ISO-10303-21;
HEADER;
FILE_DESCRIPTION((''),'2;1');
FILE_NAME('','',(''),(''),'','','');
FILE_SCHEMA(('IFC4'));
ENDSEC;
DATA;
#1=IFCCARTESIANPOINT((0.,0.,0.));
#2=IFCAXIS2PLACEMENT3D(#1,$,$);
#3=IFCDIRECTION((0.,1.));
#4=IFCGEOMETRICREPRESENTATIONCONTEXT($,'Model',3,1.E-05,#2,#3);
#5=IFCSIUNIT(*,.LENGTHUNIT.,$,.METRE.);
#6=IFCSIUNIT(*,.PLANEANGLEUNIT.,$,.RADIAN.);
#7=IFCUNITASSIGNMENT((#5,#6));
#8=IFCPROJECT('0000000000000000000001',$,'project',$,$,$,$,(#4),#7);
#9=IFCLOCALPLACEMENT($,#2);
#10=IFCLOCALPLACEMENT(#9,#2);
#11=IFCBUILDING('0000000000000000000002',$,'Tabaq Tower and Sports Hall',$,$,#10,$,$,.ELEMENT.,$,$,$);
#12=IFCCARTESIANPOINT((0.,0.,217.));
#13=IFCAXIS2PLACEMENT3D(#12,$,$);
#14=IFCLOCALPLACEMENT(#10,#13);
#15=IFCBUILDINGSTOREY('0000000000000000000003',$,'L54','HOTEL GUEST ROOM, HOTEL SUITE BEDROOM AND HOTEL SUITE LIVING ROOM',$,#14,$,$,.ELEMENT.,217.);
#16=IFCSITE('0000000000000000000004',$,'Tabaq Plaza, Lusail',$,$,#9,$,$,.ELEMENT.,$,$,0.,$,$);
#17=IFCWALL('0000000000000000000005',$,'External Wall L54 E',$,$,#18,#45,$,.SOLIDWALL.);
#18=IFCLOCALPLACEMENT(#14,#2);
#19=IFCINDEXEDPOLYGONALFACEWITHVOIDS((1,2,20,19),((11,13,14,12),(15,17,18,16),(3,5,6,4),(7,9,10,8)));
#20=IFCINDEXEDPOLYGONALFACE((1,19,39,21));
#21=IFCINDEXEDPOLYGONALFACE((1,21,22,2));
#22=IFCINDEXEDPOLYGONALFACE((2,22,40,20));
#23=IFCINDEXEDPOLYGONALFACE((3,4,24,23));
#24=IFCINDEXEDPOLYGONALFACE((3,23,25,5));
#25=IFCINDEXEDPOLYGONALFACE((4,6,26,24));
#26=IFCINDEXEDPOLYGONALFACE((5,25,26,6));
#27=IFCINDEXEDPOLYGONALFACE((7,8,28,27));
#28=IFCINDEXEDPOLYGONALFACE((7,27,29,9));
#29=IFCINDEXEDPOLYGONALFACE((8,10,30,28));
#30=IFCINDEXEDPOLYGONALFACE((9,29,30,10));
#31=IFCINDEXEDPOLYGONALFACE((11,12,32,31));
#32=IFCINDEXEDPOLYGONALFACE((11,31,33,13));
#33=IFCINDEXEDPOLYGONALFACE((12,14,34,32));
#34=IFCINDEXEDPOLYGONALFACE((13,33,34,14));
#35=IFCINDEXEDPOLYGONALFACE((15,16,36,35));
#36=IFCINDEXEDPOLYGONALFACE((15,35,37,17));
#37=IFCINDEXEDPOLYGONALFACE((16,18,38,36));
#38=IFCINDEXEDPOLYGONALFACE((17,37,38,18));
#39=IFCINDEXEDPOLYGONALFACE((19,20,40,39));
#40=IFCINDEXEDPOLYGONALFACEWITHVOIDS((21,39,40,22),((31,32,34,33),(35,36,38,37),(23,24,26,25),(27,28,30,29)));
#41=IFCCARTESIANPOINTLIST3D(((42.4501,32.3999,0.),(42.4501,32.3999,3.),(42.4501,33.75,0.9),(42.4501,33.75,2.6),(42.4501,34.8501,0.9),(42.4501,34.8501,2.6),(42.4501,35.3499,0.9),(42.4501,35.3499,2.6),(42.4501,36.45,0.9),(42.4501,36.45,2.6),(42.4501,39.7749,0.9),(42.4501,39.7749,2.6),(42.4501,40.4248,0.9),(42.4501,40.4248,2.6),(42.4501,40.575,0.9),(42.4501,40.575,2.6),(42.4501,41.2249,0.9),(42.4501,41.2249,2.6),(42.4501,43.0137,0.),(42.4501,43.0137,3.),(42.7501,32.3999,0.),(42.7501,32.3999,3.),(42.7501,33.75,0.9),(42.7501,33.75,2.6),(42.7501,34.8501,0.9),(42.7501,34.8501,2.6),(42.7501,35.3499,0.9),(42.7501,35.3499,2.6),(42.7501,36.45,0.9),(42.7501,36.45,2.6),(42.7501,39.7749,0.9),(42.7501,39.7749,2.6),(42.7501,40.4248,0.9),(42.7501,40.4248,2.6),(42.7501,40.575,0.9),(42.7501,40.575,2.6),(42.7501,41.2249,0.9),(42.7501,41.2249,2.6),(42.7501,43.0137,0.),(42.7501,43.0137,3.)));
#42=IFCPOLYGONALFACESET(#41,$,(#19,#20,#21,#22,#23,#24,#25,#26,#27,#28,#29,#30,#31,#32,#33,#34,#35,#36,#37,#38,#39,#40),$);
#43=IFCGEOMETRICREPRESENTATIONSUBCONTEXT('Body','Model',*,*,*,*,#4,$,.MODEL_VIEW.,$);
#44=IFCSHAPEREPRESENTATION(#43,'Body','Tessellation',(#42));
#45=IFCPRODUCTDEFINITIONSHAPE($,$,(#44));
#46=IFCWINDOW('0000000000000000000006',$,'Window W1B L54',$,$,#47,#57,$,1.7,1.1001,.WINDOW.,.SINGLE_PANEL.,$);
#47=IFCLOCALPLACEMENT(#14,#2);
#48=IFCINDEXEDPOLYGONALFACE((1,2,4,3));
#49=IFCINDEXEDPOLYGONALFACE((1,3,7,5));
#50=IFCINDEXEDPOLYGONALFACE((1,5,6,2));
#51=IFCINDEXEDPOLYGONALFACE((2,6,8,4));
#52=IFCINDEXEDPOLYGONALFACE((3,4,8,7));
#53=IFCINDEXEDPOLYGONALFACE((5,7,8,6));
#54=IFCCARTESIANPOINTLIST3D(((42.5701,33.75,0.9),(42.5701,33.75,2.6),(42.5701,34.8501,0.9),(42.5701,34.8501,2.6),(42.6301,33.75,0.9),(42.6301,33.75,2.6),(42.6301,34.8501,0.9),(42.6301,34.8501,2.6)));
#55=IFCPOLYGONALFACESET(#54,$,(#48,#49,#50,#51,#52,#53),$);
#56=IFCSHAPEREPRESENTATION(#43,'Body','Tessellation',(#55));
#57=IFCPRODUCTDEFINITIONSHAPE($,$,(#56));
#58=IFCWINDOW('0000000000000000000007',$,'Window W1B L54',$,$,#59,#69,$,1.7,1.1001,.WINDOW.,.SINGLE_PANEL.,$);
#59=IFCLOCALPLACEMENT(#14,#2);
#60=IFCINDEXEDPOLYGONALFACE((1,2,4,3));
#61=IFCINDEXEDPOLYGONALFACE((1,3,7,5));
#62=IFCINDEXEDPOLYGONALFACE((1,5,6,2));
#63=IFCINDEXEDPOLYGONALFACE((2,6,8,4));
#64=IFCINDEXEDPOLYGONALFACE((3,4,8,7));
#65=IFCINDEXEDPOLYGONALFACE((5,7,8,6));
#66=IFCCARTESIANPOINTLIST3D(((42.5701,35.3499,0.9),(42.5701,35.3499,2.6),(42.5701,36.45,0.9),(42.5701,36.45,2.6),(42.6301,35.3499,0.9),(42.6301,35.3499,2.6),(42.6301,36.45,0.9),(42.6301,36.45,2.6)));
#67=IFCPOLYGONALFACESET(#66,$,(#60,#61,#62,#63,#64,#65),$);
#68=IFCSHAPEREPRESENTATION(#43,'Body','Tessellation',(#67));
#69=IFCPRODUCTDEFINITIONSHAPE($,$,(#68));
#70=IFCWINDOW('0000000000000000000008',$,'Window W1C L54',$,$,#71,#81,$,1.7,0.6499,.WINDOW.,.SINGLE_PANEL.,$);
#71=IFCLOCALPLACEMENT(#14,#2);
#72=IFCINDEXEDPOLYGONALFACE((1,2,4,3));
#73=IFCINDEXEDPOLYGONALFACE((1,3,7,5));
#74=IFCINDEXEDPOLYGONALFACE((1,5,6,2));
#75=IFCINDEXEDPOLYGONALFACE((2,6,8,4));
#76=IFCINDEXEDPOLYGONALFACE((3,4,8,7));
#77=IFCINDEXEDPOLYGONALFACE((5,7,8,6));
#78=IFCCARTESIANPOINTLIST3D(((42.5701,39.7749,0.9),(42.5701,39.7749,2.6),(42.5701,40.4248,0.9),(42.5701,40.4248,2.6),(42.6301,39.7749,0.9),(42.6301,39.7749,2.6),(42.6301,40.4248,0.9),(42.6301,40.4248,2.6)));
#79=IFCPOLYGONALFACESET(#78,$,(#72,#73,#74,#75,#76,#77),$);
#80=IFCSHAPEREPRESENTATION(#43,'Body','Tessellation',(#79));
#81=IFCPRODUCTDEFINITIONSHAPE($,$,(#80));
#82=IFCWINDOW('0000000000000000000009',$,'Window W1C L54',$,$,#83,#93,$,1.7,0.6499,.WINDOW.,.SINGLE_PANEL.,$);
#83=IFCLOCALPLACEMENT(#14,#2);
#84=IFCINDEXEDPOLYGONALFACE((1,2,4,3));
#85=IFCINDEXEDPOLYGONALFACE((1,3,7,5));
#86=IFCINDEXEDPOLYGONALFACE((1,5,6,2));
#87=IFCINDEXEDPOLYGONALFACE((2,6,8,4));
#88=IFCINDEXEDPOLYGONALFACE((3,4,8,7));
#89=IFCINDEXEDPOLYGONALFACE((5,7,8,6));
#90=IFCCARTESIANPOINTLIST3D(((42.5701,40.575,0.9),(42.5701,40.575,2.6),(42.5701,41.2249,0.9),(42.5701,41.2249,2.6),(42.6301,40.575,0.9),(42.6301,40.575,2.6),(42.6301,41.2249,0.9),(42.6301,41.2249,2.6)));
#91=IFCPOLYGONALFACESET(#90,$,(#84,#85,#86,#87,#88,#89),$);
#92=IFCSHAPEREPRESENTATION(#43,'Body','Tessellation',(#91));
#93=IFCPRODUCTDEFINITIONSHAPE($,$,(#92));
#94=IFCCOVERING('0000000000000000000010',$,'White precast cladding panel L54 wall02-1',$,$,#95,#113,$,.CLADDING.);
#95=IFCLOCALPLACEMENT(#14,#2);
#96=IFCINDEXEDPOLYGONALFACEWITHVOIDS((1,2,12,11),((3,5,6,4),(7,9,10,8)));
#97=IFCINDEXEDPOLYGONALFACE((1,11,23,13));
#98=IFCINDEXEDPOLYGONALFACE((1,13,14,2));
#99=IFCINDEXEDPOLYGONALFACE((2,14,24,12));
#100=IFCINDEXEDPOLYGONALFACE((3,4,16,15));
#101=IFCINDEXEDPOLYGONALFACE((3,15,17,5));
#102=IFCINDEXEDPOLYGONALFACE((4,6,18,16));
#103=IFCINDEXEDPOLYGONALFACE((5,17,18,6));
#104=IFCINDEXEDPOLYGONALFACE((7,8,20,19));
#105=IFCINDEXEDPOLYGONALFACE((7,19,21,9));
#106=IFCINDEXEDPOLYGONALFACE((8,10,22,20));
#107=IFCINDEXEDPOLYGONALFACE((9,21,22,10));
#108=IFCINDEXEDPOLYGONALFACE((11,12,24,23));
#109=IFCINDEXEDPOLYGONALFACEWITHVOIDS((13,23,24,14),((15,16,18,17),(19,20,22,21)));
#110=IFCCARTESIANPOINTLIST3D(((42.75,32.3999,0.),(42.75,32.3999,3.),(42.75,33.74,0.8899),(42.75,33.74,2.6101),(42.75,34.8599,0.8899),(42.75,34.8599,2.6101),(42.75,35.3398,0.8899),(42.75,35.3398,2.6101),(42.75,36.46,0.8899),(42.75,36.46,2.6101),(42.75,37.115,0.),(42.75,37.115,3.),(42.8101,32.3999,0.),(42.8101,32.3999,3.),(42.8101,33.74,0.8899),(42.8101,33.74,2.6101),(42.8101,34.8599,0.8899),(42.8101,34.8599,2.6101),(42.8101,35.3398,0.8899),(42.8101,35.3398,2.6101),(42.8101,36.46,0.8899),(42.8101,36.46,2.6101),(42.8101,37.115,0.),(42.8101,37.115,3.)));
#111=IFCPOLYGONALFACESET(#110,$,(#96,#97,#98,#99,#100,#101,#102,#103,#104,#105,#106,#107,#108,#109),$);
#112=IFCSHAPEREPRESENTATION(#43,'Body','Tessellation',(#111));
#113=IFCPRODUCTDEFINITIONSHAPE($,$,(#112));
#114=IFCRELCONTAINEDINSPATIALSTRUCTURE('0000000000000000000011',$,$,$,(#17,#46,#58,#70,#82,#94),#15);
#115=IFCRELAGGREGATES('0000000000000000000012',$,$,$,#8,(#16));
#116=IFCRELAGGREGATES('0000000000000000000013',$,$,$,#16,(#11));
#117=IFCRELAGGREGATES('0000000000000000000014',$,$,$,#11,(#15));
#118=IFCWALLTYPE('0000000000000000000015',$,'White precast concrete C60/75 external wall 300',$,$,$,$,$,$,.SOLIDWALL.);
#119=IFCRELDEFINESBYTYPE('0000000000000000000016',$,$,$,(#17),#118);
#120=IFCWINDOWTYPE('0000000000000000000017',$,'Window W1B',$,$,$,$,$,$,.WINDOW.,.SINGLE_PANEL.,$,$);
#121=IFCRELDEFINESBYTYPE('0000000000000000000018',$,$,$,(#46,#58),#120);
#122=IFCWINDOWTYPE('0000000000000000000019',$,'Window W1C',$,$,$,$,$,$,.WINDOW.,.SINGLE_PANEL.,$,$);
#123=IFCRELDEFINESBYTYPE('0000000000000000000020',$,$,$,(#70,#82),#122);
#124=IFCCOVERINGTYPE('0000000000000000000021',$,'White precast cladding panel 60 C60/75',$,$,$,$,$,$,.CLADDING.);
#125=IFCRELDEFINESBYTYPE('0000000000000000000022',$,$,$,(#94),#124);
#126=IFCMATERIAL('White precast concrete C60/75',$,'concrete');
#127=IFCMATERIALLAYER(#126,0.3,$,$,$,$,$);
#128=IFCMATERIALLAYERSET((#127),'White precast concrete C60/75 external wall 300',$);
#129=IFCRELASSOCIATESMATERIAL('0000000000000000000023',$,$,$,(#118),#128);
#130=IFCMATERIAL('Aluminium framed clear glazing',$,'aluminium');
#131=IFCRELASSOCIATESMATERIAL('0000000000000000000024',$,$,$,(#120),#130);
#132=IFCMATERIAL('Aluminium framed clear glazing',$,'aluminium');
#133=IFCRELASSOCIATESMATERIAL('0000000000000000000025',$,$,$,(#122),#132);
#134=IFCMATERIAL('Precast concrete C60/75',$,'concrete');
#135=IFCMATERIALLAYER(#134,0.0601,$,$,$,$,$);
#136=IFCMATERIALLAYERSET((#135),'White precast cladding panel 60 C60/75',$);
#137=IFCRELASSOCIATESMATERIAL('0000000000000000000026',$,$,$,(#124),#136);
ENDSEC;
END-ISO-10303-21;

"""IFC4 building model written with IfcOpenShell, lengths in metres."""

from ifc_helpers import new_model, si_unit, direction, frame, frame_2d, origin, place, context, subcontext, project, spatial, polyline, rectangle, outline, extrude, material, layer, layer_set, type_object, element, fill, save


model = new_model("IFC4")

# Units and contexts
model_context = context("Model", 3, precision=1e-05, world=origin(), true_north=direction((0.0, 1.0)))
body_context = subcontext(model_context, "Body", "Model", "MODEL_VIEW")
ifc_project = project(units=[si_unit("LENGTHUNIT", "METRE"), si_unit("PLANEANGLEUNIT", "RADIAN")], contexts=[model_context])

# Site, building, storey
site_placement = place(None, origin())
site = spatial("IfcSite", under=ifc_project, at=site_placement, Name="Tabaq Plaza, Lusail", CompositionType="ELEMENT", RefElevation=0.0)
building_placement = place(site_placement, origin())
building = spatial("IfcBuilding", under=site, at=building_placement, Name="Tabaq Tower and Sports Hall", CompositionType="ELEMENT")
storey_placement = place(building_placement, frame((0.0, 0.0, 217.0)))
storey = spatial("IfcBuildingStorey", under=building, at=storey_placement, Name="L54", Description="HOTEL GUEST ROOM, HOTEL SUITE BEDROOM AND HOTEL SUITE LIVING ROOM", CompositionType="ELEMENT", Elevation=217.0)

# Wall, openings, windows
ifc_material_1 = material(Name="White precast concrete C60/75", Category="concrete")
ifc_layer_1 = layer(ifc_material_1, 0.3)
ifc_layer_set_1 = layer_set([ifc_layer_1], Name="White precast concrete C60/75 external wall 300")
wall_type_1 = type_object("IfcWallType", Name="White precast concrete C60/75 external wall 300", PredefinedType="SOLIDWALL", material=ifc_layer_set_1)
wall_1_placement = place(storey_placement, frame((42.6001, 32.3999, 0.0), z_axis=(0.0, 0.0, 1.0), x_axis=(0.0, 1.0, 0.0)))
wall_1 = element("IfcWall", 1, at=wall_1_placement, inside=storey, type_object=wall_type_1, Name="External Wall L54 E", PredefinedType="SOLIDWALL", context=body_context, shape_type="SweptSolid", body=[
    extrude(rectangle(XDim=10.6138, YDim=0.3, at=frame_2d((5.3069, 0.0))), origin(), (0.0, 0.0, 1.0), 3.0),
])
opening_1_placement = place(wall_1_placement, frame((1.3501, 0.0, 0.8999)))
opening_1 = element("IfcOpeningElement", 2, at=opening_1_placement, cuts=wall_1, PredefinedType="OPENING", context=body_context, shape_type="SweptSolid", body=[
    extrude(rectangle(XDim=1.1001, YDim=1.7, at=frame_2d((0.55, 0.8501))), frame((0.0, 0.1602, 0.0), z_axis=(0.0, -1.0, 0.0), x_axis=(1.0, 0.0, 0.0)), (0.0, 0.0, 1.0), 0.3201),
])
opening_2_placement = place(wall_1_placement, frame((2.95, 0.0, 0.8999)))
opening_2 = element("IfcOpeningElement", 3, at=opening_2_placement, cuts=wall_1, PredefinedType="OPENING", context=body_context, shape_type="SweptSolid", body=[
    extrude(rectangle(XDim=1.1001, YDim=1.7, at=frame_2d((0.55, 0.8501))), frame((0.0, 0.1602, 0.0), z_axis=(0.0, -1.0, 0.0), x_axis=(1.0, 0.0, 0.0)), (0.0, 0.0, 1.0), 0.3201),
])
opening_3_placement = place(wall_1_placement, frame((7.375, 0.0, 0.8999)))
opening_3 = element("IfcOpeningElement", 4, at=opening_3_placement, cuts=wall_1, PredefinedType="OPENING", context=body_context, shape_type="SweptSolid", body=[
    extrude(rectangle(XDim=0.6499, YDim=1.7, at=frame_2d((0.325, 0.8501))), frame((0.0, 0.1602, 0.0), z_axis=(0.0, -1.0, 0.0), x_axis=(1.0, 0.0, 0.0)), (0.0, 0.0, 1.0), 0.3201),
])
opening_4_placement = place(wall_1_placement, frame((8.175, 0.0, 0.8999)))
opening_4 = element("IfcOpeningElement", 5, at=opening_4_placement, cuts=wall_1, PredefinedType="OPENING", context=body_context, shape_type="SweptSolid", body=[
    extrude(rectangle(XDim=0.6499, YDim=1.7, at=frame_2d((0.325, 0.8501))), frame((0.0, 0.1602, 0.0), z_axis=(0.0, -1.0, 0.0), x_axis=(1.0, 0.0, 0.0)), (0.0, 0.0, 1.0), 0.3201),
])
ifc_material_2 = material(Name="Aluminium framed clear glazing", Category="aluminium")
window_type_1 = type_object("IfcWindowType", Name="Window W1B", PartitioningType="SINGLE_PANEL", PredefinedType="WINDOW", material=ifc_material_2)
window_1_placement = place(opening_1_placement, origin())
window_1 = element("IfcWindow", 6, at=window_1_placement, inside=storey, type_object=window_type_1, Name="Window W1B L54", OverallHeight=1.7, OverallWidth=1.1001, PartitioningType="SINGLE_PANEL", PredefinedType="WINDOW", context=body_context, shape_type="SweptSolid", body=[
    extrude(rectangle(XDim=1.1001, YDim=1.7, at=frame_2d((0.55, 0.8501))), frame((0.0, 0.03, 0.0), z_axis=(0.0, -1.0, 0.0), x_axis=(1.0, 0.0, 0.0)), (0.0, 0.0, 1.0), 0.0601),
])
fill(opening_1, window_1)
window_2_placement = place(opening_2_placement, origin())
window_2 = element("IfcWindow", 7, at=window_2_placement, inside=storey, type_object=window_type_1, Name="Window W1B L54", OverallHeight=1.7, OverallWidth=1.1001, PartitioningType="SINGLE_PANEL", PredefinedType="WINDOW", context=body_context, shape_type="SweptSolid", body=[
    extrude(rectangle(XDim=1.1001, YDim=1.7, at=frame_2d((0.55, 0.8501))), frame((0.0, 0.03, 0.0), z_axis=(0.0, -1.0, 0.0), x_axis=(1.0, 0.0, 0.0)), (0.0, 0.0, 1.0), 0.0601),
])
fill(opening_2, window_2)
ifc_material_3 = material(Name="Aluminium framed clear glazing", Category="aluminium")
window_type_2 = type_object("IfcWindowType", Name="Window W1C", PartitioningType="SINGLE_PANEL", PredefinedType="WINDOW", material=ifc_material_3)
window_3_placement = place(opening_3_placement, origin())
window_3 = element("IfcWindow", 8, at=window_3_placement, inside=storey, type_object=window_type_2, Name="Window W1C L54", OverallHeight=1.7, OverallWidth=0.6499, PartitioningType="SINGLE_PANEL", PredefinedType="WINDOW", context=body_context, shape_type="SweptSolid", body=[
    extrude(rectangle(XDim=0.6499, YDim=1.7, at=frame_2d((0.325, 0.8501))), frame((0.0, 0.03, 0.0), z_axis=(0.0, -1.0, 0.0), x_axis=(1.0, 0.0, 0.0)), (0.0, 0.0, 1.0), 0.0601),
])
fill(opening_3, window_3)
window_4_placement = place(opening_4_placement, origin())
window_4 = element("IfcWindow", 9, at=window_4_placement, inside=storey, type_object=window_type_2, Name="Window W1C L54", OverallHeight=1.7, OverallWidth=0.6499, PartitioningType="SINGLE_PANEL", PredefinedType="WINDOW", context=body_context, shape_type="SweptSolid", body=[
    extrude(rectangle(XDim=0.6499, YDim=1.7, at=frame_2d((0.325, 0.8501))), frame((0.0, 0.03, 0.0), z_axis=(0.0, -1.0, 0.0), x_axis=(1.0, 0.0, 0.0)), (0.0, 0.0, 1.0), 0.0601),
])
fill(opening_4, window_4)

# Covering
ifc_material_4 = material(Name="Precast concrete C60/75", Category="concrete")
ifc_layer_2 = layer(ifc_material_4, 0.0601)
ifc_layer_set_2 = layer_set([ifc_layer_2], Name="White precast cladding panel 60 C60/75")
covering_type = type_object("IfcCoveringType", Name="White precast cladding panel 60 C60/75", PredefinedType="CLADDING", material=ifc_layer_set_2)
covering_placement = place(storey_placement, frame((42.78, 32.3999, 0.0), z_axis=(0.0, 0.0, 1.0), x_axis=(0.0, 1.0, 0.0)))
element("IfcCovering", 10, at=covering_placement, inside=storey, type_object=covering_type, Name="White precast cladding panel L54 wall02-1", PredefinedType="CLADDING", context=body_context, shape_type="SweptSolid", body=[
    extrude(outline(polyline([(0.0, 0.0), (4.7151, 0.0), (4.7151, 3.0), (0.0, 3.0), (0.0, 0.0)]), holes=[polyline([(1.3401, 2.6101), (2.46, 2.6101), (2.46, 0.8899), (1.3401, 0.8899), (1.3401, 2.6101)]), polyline([(2.9399, 2.6101), (4.0601, 2.6101), (4.0601, 0.8899), (2.9399, 0.8899), (2.9399, 2.6101)])]), frame((0.0, 0.03, 0.0), z_axis=(0.0, -1.0, 0.0), x_axis=(1.0, 0.0, 0.0)), (0.0, 0.0, 1.0), 0.0601),
])

save(model, "model.ifc")
